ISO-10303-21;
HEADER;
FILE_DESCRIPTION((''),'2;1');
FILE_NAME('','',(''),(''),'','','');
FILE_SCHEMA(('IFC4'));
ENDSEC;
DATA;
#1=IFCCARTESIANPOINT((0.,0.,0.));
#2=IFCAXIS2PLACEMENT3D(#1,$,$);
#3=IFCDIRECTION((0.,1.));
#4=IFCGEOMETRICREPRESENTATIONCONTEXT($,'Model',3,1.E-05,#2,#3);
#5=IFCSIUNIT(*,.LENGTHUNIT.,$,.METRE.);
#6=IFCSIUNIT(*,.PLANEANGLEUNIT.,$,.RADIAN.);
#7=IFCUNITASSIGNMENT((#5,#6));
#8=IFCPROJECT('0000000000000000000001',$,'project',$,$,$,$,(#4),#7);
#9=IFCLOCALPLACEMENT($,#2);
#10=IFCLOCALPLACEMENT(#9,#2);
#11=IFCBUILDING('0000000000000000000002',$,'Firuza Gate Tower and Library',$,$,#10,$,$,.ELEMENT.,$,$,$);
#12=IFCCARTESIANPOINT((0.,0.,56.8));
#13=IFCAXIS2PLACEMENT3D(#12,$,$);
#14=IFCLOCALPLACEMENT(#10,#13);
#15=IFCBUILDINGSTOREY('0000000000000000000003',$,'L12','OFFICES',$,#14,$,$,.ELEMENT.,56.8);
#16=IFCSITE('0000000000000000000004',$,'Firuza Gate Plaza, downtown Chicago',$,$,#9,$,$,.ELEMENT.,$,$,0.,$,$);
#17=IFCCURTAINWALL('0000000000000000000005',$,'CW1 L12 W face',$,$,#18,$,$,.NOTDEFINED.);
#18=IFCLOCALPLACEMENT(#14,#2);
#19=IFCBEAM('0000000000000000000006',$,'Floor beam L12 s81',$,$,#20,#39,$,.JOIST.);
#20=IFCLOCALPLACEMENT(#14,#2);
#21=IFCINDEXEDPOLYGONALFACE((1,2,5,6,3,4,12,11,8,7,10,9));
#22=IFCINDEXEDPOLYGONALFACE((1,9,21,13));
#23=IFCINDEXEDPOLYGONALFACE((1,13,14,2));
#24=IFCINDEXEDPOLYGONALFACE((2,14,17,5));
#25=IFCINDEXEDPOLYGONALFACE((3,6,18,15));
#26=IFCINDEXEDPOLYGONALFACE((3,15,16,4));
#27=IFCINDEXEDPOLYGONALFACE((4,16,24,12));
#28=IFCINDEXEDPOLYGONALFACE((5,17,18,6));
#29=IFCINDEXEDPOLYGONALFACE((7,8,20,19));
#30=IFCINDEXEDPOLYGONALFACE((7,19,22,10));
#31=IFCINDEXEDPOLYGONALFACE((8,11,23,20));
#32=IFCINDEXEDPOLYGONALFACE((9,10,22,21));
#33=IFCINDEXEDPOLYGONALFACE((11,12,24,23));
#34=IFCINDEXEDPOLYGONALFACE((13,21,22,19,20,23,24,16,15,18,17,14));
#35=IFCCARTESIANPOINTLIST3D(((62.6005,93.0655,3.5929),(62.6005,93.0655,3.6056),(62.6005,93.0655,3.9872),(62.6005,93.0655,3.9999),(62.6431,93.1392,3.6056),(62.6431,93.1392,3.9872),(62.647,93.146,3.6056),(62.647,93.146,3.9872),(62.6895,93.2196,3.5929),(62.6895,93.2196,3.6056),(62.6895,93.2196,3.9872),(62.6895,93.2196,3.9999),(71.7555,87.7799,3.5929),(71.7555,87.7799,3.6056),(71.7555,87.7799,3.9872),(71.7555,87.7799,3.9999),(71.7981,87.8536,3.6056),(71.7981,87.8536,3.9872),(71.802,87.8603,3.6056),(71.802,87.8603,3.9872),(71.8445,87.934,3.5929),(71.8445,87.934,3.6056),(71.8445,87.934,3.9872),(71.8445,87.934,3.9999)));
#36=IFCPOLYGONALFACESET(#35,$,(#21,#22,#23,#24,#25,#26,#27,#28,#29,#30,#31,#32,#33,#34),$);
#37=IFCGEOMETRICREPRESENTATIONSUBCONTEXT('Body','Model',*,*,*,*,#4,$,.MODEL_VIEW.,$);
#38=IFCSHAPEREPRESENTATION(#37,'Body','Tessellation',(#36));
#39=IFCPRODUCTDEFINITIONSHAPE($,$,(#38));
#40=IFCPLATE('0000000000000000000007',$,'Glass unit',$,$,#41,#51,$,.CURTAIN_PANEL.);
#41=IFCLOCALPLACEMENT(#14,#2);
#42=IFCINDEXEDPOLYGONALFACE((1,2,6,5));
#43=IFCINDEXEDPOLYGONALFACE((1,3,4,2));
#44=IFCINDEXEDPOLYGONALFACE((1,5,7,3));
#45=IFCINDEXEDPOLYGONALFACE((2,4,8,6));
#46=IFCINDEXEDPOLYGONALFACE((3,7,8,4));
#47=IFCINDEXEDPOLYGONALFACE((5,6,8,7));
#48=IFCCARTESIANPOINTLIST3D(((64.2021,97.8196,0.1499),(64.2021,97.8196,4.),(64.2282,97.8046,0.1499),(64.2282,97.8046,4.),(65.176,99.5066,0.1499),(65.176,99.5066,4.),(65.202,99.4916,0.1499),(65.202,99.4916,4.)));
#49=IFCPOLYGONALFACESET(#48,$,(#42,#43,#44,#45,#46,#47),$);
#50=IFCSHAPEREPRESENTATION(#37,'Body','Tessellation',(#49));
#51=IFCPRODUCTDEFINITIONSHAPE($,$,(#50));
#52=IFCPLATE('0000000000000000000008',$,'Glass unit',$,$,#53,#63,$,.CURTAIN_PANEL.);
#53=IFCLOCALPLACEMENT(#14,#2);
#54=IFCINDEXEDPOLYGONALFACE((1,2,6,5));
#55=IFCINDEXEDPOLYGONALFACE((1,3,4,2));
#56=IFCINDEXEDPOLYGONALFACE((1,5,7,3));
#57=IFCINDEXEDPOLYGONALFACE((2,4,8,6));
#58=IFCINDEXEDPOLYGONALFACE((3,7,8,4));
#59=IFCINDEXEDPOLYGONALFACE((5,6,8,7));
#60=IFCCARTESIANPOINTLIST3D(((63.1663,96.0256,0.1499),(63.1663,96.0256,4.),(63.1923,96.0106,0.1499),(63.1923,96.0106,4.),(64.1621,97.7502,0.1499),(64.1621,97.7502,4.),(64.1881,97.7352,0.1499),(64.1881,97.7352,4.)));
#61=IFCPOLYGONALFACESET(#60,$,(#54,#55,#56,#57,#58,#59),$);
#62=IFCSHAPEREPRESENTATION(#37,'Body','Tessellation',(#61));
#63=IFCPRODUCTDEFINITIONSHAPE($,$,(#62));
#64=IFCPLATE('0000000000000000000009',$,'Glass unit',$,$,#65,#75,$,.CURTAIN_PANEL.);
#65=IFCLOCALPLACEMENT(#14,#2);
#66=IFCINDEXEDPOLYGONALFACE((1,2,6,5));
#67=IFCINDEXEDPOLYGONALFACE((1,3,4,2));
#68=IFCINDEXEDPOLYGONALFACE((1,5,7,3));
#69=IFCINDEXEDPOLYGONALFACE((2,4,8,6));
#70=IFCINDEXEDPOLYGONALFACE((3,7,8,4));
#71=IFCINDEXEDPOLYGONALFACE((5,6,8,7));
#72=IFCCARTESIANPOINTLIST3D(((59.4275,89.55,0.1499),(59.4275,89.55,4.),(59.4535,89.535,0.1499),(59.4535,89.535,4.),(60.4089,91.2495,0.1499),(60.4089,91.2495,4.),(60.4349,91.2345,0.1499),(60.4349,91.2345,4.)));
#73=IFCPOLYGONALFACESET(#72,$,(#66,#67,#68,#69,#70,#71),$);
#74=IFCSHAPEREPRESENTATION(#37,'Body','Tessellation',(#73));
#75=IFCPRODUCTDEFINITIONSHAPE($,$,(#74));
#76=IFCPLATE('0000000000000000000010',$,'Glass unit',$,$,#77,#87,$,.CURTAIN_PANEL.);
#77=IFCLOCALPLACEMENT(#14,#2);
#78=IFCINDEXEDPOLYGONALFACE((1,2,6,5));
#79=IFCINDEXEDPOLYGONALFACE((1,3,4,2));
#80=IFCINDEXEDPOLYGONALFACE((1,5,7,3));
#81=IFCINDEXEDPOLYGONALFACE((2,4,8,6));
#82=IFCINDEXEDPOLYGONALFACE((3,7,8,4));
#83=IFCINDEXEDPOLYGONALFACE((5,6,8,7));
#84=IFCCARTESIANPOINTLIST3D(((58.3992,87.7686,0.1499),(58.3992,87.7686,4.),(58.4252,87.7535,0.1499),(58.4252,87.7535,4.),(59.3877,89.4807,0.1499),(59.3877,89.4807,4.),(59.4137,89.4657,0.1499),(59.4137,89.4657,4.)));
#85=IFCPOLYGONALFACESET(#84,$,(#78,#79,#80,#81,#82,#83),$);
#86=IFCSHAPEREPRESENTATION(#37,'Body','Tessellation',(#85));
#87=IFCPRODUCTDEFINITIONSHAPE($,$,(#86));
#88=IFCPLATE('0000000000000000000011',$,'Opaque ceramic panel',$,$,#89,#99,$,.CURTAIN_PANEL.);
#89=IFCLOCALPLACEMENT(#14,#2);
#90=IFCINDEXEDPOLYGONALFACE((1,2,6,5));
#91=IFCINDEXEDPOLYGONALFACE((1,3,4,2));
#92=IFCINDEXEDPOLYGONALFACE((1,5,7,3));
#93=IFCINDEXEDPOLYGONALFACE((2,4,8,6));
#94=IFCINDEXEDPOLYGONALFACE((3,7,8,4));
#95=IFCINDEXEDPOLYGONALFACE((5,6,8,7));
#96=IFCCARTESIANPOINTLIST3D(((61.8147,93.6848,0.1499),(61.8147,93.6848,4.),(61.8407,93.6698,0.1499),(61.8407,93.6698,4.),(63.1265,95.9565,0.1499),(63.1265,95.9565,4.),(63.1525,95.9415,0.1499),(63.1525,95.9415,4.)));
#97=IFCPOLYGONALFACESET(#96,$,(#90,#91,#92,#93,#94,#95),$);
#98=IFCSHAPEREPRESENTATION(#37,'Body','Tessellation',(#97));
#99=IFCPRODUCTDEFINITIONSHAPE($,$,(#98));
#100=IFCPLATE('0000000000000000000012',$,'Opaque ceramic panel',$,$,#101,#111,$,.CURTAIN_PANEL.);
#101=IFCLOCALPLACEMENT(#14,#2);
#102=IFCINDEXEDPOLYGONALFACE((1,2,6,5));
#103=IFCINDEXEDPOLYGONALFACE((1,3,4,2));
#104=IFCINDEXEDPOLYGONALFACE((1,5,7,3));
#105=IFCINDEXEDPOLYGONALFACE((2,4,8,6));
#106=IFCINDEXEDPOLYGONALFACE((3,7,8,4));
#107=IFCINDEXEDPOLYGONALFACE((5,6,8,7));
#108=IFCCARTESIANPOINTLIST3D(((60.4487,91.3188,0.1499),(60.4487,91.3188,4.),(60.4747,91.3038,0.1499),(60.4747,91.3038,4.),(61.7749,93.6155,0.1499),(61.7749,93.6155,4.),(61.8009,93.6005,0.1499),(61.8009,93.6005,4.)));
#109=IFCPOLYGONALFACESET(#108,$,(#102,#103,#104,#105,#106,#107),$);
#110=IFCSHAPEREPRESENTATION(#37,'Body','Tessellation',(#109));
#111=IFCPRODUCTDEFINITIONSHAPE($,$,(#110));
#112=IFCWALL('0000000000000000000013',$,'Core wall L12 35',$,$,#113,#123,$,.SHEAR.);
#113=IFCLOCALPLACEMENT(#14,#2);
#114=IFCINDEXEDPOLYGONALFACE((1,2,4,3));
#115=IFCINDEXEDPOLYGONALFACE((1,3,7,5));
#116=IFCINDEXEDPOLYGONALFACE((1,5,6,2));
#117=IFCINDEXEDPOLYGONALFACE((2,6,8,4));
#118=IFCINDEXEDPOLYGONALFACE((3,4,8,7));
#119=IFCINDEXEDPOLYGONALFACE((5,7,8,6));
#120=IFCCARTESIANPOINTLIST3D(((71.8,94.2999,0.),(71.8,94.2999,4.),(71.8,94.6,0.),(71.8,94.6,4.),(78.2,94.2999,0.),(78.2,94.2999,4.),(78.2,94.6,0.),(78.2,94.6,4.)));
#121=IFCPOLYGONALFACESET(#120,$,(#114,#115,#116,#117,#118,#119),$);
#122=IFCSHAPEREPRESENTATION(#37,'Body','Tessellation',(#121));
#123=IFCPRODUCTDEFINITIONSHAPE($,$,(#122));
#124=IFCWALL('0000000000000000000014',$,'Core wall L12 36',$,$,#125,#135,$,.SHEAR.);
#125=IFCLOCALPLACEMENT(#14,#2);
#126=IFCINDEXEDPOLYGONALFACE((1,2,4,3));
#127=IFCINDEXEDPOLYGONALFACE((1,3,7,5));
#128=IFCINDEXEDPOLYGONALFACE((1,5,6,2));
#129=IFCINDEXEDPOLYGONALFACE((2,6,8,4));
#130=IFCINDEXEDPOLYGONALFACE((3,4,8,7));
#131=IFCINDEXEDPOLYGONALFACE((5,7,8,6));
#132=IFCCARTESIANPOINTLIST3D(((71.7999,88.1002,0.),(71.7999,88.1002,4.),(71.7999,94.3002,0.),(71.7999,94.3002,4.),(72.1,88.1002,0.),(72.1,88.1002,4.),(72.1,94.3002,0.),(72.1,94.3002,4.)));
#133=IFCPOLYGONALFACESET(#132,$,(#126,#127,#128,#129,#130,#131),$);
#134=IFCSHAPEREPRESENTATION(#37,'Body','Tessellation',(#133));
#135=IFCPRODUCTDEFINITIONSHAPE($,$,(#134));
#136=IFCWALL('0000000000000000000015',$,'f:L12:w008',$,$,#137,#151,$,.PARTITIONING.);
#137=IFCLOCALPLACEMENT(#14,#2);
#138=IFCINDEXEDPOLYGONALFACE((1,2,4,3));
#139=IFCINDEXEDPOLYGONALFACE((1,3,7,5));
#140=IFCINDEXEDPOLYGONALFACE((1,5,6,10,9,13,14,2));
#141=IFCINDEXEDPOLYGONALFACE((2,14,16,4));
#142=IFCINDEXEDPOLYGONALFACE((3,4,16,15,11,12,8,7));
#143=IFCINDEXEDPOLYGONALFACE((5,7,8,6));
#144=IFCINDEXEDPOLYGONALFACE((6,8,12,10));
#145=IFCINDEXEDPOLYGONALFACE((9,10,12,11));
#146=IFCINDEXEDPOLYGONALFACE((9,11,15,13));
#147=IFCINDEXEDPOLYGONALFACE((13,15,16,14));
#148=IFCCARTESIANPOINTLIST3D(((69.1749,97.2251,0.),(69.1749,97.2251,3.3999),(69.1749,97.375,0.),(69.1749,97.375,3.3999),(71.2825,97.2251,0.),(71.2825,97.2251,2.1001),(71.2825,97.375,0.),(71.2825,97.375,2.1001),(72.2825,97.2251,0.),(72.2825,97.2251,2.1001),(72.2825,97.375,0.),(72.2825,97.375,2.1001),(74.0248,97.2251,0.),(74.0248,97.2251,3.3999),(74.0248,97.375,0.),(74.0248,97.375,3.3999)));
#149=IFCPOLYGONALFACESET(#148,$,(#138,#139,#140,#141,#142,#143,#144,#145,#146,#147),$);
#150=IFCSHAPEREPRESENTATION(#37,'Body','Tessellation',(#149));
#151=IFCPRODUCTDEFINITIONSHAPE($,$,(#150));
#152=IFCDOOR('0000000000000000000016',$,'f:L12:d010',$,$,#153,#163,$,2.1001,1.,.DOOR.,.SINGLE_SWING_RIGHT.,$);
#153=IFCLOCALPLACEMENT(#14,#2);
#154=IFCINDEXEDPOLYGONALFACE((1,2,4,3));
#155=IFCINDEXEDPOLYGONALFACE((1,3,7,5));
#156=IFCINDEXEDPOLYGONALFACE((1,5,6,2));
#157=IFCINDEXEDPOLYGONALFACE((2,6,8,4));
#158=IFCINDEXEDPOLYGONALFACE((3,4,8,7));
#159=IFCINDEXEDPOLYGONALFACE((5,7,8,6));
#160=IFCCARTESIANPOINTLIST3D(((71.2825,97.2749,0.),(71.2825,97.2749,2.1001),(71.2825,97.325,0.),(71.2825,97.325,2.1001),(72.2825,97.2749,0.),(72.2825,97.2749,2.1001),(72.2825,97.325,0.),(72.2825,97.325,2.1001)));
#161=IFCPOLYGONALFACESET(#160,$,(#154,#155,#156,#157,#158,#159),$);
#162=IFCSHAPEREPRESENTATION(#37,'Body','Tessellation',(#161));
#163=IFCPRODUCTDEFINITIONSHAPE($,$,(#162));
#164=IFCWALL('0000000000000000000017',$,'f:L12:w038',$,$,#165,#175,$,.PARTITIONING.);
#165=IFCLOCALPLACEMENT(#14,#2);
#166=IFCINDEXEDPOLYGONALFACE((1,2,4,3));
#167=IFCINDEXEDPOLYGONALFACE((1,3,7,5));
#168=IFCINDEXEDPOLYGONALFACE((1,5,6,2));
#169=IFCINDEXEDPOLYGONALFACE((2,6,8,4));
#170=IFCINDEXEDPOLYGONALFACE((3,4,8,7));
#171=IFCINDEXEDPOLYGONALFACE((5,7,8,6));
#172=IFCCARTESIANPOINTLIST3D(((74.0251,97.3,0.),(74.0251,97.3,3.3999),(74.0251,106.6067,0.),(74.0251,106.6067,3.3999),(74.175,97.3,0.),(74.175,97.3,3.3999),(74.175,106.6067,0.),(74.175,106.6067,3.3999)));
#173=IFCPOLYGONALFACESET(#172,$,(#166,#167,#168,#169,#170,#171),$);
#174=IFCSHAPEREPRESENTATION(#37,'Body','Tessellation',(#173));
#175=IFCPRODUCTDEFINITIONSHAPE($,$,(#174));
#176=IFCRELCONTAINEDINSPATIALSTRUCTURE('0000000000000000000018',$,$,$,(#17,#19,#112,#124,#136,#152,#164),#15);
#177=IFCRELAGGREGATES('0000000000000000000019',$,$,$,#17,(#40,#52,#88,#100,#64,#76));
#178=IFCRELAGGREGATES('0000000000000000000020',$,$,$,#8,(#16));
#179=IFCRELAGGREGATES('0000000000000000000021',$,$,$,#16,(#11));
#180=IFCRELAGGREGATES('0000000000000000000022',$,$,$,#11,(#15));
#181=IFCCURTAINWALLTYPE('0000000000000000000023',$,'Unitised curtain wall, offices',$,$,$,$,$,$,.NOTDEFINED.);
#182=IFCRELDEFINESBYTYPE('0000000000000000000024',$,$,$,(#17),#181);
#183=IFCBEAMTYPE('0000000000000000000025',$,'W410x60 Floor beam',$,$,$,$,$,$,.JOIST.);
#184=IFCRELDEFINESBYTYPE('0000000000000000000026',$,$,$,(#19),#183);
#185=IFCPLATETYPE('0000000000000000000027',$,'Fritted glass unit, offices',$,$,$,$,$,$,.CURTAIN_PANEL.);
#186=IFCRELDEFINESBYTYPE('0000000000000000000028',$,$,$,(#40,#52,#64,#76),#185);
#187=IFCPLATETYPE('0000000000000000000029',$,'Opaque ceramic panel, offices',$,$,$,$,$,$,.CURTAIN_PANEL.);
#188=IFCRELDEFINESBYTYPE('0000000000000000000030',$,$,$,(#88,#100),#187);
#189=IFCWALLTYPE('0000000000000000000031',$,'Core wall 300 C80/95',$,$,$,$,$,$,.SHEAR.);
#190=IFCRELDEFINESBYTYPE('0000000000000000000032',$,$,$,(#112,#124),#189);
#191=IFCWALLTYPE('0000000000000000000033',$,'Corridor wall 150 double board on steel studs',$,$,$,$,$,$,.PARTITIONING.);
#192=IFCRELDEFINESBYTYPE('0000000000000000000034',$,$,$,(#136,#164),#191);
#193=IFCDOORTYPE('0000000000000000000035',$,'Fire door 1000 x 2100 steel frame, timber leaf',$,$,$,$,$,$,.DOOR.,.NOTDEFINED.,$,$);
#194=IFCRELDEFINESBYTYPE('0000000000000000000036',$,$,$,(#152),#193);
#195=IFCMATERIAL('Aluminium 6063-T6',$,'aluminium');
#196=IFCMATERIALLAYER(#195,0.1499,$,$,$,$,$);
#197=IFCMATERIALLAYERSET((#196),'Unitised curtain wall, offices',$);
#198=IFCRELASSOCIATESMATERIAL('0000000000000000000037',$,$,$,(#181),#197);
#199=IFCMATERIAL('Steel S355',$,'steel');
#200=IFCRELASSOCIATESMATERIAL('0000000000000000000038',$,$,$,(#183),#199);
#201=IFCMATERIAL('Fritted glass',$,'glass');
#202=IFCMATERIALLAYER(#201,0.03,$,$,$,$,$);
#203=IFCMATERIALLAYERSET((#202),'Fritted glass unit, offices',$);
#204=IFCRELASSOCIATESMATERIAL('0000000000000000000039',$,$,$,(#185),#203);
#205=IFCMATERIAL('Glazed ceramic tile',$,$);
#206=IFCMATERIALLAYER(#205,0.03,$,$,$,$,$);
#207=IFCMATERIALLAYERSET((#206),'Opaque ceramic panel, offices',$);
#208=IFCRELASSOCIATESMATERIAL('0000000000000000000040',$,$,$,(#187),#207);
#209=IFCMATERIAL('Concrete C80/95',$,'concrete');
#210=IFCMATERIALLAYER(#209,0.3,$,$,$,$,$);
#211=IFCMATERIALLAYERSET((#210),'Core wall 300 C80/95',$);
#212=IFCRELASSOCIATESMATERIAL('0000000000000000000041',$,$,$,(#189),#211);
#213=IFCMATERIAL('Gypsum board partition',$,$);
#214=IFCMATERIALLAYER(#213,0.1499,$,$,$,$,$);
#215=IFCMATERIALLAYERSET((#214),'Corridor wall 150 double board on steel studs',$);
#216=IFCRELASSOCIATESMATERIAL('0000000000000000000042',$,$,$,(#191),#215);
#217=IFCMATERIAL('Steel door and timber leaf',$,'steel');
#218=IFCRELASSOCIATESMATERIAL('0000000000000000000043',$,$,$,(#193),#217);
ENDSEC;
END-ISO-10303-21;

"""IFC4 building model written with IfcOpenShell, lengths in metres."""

from ifc_helpers import new_model, si_unit, direction, frame, frame_2d, origin, origin_2d, place, context, subcontext, project, spatial, polyline, rectangle, i_section, outline, extrude, material, layer, layer_set, material_profile, profile_set, type_object, element, fill, aggregate, save


model = new_model("IFC4")

# Units and contexts
model_context = context("Model", 3, precision=1e-05, world=origin(), true_north=direction((0.0, 1.0)))
body_context = subcontext(model_context, "Body", "Model", "MODEL_VIEW")
ifc_project = project(units=[si_unit("LENGTHUNIT", "METRE"), si_unit("PLANEANGLEUNIT", "RADIAN")], contexts=[model_context])

# Site, building, storey
site_placement = place(None, origin())
site = spatial("IfcSite", under=ifc_project, at=site_placement, Name="Firuza Gate Plaza, downtown Chicago", CompositionType="ELEMENT", RefElevation=0.0)
building_placement = place(site_placement, origin())
building = spatial("IfcBuilding", under=site, at=building_placement, Name="Firuza Gate Tower and Library", CompositionType="ELEMENT")
storey_placement = place(building_placement, frame((0.0, 0.0, 56.8)))
storey = spatial("IfcBuildingStorey", under=building, at=storey_placement, Name="L12", Description="OFFICES", CompositionType="ELEMENT", Elevation=56.8)

# Curtain wall
ifc_material_1 = material(Name="Aluminium 6063-T6", Category="aluminium")
ifc_layer_1 = layer(ifc_material_1, 0.1499)
ifc_layer_set_1 = layer_set([ifc_layer_1], Name="Unitised curtain wall, offices")
curtain_wall_type = type_object("IfcCurtainWallType", Name="Unitised curtain wall, offices", PredefinedType="NOTDEFINED", material=ifc_layer_set_1)
placement = place(storey_placement, origin())
curtain_wall = element("IfcCurtainWall", 1, at=placement, inside=storey, type_object=curtain_wall_type, Name="CW1 L12 W face", PredefinedType="NOTDEFINED")

# Beam
ifc_material_2 = material(Name="Steel S355", Category="steel")
ifc_material_profile_1 = material_profile(ifc_material_2, i_section(OverallWidth=0.178, OverallDepth=0.407, WebThickness=0.0078, FlangeThickness=0.0127, at=origin_2d()))
ifc_profile_set_1 = profile_set([ifc_material_profile_1], Name="Steel S355")
beam_type_1 = type_object("IfcBeamType", Name="W410x60 Floor beam", PredefinedType="JOIST", material=ifc_profile_set_1)
beam_1_placement = place(storey_placement, frame((62.645, 93.1426, 3.7964), z_axis=(0.866026, -0.499999, 0.0), x_axis=(0.499999, 0.866026, 0.0)))
element("IfcBeam", 2, at=beam_1_placement, inside=storey, type_object=beam_type_1, Name="Floor beam L12 s81", PredefinedType="JOIST", context=body_context, shape_type="SweptSolid", body=[
    extrude(i_section(OverallWidth=0.178, OverallDepth=0.407, WebThickness=0.0078, FlangeThickness=0.0127, at=origin_2d()), origin(), (0.0, 0.0, 1.0), 10.5713),
])

# Plates
ifc_material_3 = material(Name="Fritted glass", Category="glass")
ifc_layer_2 = layer(ifc_material_3, 0.03)
ifc_layer_set_2 = layer_set([ifc_layer_2], Name="Fritted glass unit, offices")
plate_type_1 = type_object("IfcPlateType", Name="Fritted glass unit, offices", PredefinedType="CURTAIN_PANEL", material=ifc_layer_set_2)
plate_1_placement = place(storey_placement, frame((65.176, 99.5066, 0.1499), z_axis=(-0.866052, 0.499954, 0.0), x_axis=(-0.499954, -0.866052, 0.0)))
plate_1 = element("IfcPlate", 3, at=plate_1_placement, type_object=plate_type_1, Name="Glass unit", PredefinedType="CURTAIN_PANEL", context=body_context, shape_type="SweptSolid", body=[
    extrude(outline(polyline([(0.0, 0.0), (1.9479, 0.0), (1.9479, 3.8501), (0.0, 3.8501), (0.0, 0.0)])), origin(), (0.0, 0.0, -1.0), 0.03),
])
plate_2_placement = place(storey_placement, frame((64.1621, 97.7502, 0.1499), z_axis=(-0.865994, 0.500055, 0.0), x_axis=(-0.500055, -0.865994, 0.0)))
plate_2 = element("IfcPlate", 4, at=plate_2_placement, type_object=plate_type_1, Name="Glass unit", PredefinedType="CURTAIN_PANEL", context=body_context, shape_type="SweptSolid", body=[
    extrude(outline(polyline([(0.0, 0.0), (1.9915, 0.0), (1.9915, 3.8501), (0.0, 3.8501), (0.0, 0.0)])), origin(), (0.0, 0.0, -1.0), 0.03),
])
plate_3_placement = place(storey_placement, frame((60.4089, 91.2495, 0.1499), z_axis=(-0.865968, 0.500099, 0.0), x_axis=(-0.500099, -0.865968, 0.0)))
plate_3 = element("IfcPlate", 5, at=plate_3_placement, type_object=plate_type_1, Name="Glass unit", PredefinedType="CURTAIN_PANEL", context=body_context, shape_type="SweptSolid", body=[
    extrude(outline(polyline([(0.0, 0.0), (1.9625, 0.0), (1.9625, 3.8501), (0.0, 3.8501), (0.0, 0.0)])), origin(), (0.0, 0.0, -1.0), 0.03),
])
plate_4_placement = place(storey_placement, frame((59.3877, 89.4807, 0.1499), z_axis=(-0.866023, 0.500004, 0.0), x_axis=(-0.500004, -0.866023, 0.0)))
plate_4 = element("IfcPlate", 6, at=plate_4_placement, type_object=plate_type_1, Name="Glass unit", PredefinedType="CURTAIN_PANEL", context=body_context, shape_type="SweptSolid", body=[
    extrude(outline(polyline([(0.0, 0.0), (1.977, 0.0), (1.977, 3.8501), (0.0, 3.8501), (0.0, 0.0)])), origin(), (0.0, 0.0, -1.0), 0.03),
])
ifc_material_4 = material(Name="Glazed ceramic tile")
ifc_layer_3 = layer(ifc_material_4, 0.03)
ifc_layer_set_3 = layer_set([ifc_layer_3], Name="Opaque ceramic panel, offices")
plate_type_2 = type_object("IfcPlateType", Name="Opaque ceramic panel, offices", PredefinedType="CURTAIN_PANEL", material=ifc_layer_set_3)
plate_5_placement = place(storey_placement, frame((63.1265, 95.9565, 0.1499), z_axis=(-0.865995, 0.500053, 0.0), x_axis=(-0.500053, -0.865995, 0.0)))
plate_5 = element("IfcPlate", 7, at=plate_5_placement, type_object=plate_type_2, Name="Opaque ceramic panel", PredefinedType="CURTAIN_PANEL", context=body_context, shape_type="SweptSolid", body=[
    extrude(outline(polyline([(0.0, 0.0), (2.6233, 0.0), (2.6233, 3.8501), (0.0, 3.8501), (0.0, 0.0)])), origin(), (0.0, 0.0, -1.0), 0.03),
])
plate_6_placement = place(storey_placement, frame((61.7749, 93.6155, 0.1499), z_axis=(-0.865991, 0.50006, 0.0), x_axis=(-0.50006, -0.865991, 0.0)))
plate_6 = element("IfcPlate", 8, at=plate_6_placement, type_object=plate_type_2, Name="Opaque ceramic panel", PredefinedType="CURTAIN_PANEL", context=body_context, shape_type="SweptSolid", body=[
    extrude(outline(polyline([(0.0, 0.0), (2.652, 0.0), (2.652, 3.8501), (0.0, 3.8501), (0.0, 0.0)])), origin(), (0.0, 0.0, -1.0), 0.03),
])
aggregate(curtain_wall, [plate_1, plate_2, plate_5, plate_6, plate_3, plate_4])

# Walls
ifc_material_5 = material(Name="Concrete C80/95", Category="concrete")
ifc_layer_4 = layer(ifc_material_5, 0.3)
ifc_layer_set_4 = layer_set([ifc_layer_4], Name="Core wall 300 C80/95")
wall_type_1 = type_object("IfcWallType", Name="Core wall 300 C80/95", PredefinedType="SHEAR", material=ifc_layer_set_4)
wall_1_placement = place(storey_placement, frame((71.8, 94.45, 0.0), z_axis=(0.0, 0.0, 1.0), x_axis=(1.0, 0.0, 0.0)))
element("IfcWall", 9, at=wall_1_placement, inside=storey, type_object=wall_type_1, Name="Core wall L12 35", PredefinedType="SHEAR", context=body_context, shape_type="SweptSolid", body=[
    extrude(rectangle(XDim=6.3999, YDim=0.3, at=frame_2d((3.2, 0.0))), origin(), (0.0, 0.0, 1.0), 4.0),
])
wall_2_placement = place(storey_placement, frame((71.95, 88.1001, 0.0), z_axis=(0.0, 0.0, 1.0), x_axis=(0.0, 1.0, 0.0)))
element("IfcWall", 10, at=wall_2_placement, inside=storey, type_object=wall_type_1, Name="Core wall L12 36", PredefinedType="SHEAR", context=body_context, shape_type="SweptSolid", body=[
    extrude(rectangle(XDim=6.2, YDim=0.3, at=frame_2d((3.1001, 0.0))), origin(), (0.0, 0.0, 1.0), 4.0),
])

# Wall, opening, door
ifc_material_6 = material(Name="Gypsum board partition")
ifc_layer_5 = layer(ifc_material_6, 0.1499)
ifc_layer_set_5 = layer_set([ifc_layer_5], Name="Corridor wall 150 double board on steel studs")
wall_type_2 = type_object("IfcWallType", Name="Corridor wall 150 double board on steel studs", PredefinedType="PARTITIONING", material=ifc_layer_set_5)
wall_3_placement = place(storey_placement, frame((69.175, 97.3, 0.0), z_axis=(0.0, 0.0, 1.0), x_axis=(1.0, 0.0, 0.0)))
wall_3 = element("IfcWall", 11, at=wall_3_placement, inside=storey, type_object=wall_type_2, Name="f:L12:w008", PredefinedType="PARTITIONING", context=body_context, shape_type="SweptSolid", body=[
    extrude(rectangle(XDim=4.8499, YDim=0.1499, at=frame_2d((2.4248, 0.0))), origin(), (0.0, 0.0, 1.0), 3.3999),
])
opening_placement = place(wall_3_placement, frame((2.1074, 0.0, 0.0)))
opening = element("IfcOpeningElement", 12, at=opening_placement, cuts=wall_3, PredefinedType="OPENING", context=body_context, shape_type="SweptSolid", body=[
    extrude(rectangle(XDim=1.0, YDim=2.1001, at=frame_2d((0.5, 1.05))), frame((0.0, 0.085, 0.0), z_axis=(0.0, -1.0, 0.0), x_axis=(1.0, 0.0, 0.0)), (0.0, 0.0, 1.0), 0.1699),
])
ifc_material_7 = material(Name="Steel door and timber leaf", Category="steel")
door_type = type_object("IfcDoorType", Name="Fire door 1000 x 2100 steel frame, timber leaf", OperationType="NOTDEFINED", PredefinedType="DOOR", material=ifc_material_7)
door_placement = place(opening_placement, origin())
door = element("IfcDoor", 13, at=door_placement, inside=storey, type_object=door_type, Name="f:L12:d010", OperationType="SINGLE_SWING_RIGHT", OverallHeight=2.1001, OverallWidth=1.0, PredefinedType="DOOR", context=body_context, shape_type="SweptSolid", body=[
    extrude(rectangle(XDim=1.0, YDim=2.1001, at=frame_2d((0.5, 1.05))), frame((0.0, 0.0249, 0.0), z_axis=(0.0, -1.0, 0.0), x_axis=(1.0, 0.0, 0.0)), (0.0, 0.0, 1.0), 0.05),
])
fill(opening, door)

# Wall
wall_4_placement = place(storey_placement, frame((74.1001, 97.3, 0.0), z_axis=(0.0, 0.0, 1.0), x_axis=(0.0, 1.0, 0.0)))
element("IfcWall", 14, at=wall_4_placement, inside=storey, type_object=wall_type_2, Name="f:L12:w038", PredefinedType="PARTITIONING", context=body_context, shape_type="SweptSolid", body=[
    extrude(rectangle(XDim=9.3066, YDim=0.1499, at=frame_2d((4.6533, 0.0))), origin(), (0.0, 0.0, 1.0), 3.3999),
])

save(model, "model.ifc")
